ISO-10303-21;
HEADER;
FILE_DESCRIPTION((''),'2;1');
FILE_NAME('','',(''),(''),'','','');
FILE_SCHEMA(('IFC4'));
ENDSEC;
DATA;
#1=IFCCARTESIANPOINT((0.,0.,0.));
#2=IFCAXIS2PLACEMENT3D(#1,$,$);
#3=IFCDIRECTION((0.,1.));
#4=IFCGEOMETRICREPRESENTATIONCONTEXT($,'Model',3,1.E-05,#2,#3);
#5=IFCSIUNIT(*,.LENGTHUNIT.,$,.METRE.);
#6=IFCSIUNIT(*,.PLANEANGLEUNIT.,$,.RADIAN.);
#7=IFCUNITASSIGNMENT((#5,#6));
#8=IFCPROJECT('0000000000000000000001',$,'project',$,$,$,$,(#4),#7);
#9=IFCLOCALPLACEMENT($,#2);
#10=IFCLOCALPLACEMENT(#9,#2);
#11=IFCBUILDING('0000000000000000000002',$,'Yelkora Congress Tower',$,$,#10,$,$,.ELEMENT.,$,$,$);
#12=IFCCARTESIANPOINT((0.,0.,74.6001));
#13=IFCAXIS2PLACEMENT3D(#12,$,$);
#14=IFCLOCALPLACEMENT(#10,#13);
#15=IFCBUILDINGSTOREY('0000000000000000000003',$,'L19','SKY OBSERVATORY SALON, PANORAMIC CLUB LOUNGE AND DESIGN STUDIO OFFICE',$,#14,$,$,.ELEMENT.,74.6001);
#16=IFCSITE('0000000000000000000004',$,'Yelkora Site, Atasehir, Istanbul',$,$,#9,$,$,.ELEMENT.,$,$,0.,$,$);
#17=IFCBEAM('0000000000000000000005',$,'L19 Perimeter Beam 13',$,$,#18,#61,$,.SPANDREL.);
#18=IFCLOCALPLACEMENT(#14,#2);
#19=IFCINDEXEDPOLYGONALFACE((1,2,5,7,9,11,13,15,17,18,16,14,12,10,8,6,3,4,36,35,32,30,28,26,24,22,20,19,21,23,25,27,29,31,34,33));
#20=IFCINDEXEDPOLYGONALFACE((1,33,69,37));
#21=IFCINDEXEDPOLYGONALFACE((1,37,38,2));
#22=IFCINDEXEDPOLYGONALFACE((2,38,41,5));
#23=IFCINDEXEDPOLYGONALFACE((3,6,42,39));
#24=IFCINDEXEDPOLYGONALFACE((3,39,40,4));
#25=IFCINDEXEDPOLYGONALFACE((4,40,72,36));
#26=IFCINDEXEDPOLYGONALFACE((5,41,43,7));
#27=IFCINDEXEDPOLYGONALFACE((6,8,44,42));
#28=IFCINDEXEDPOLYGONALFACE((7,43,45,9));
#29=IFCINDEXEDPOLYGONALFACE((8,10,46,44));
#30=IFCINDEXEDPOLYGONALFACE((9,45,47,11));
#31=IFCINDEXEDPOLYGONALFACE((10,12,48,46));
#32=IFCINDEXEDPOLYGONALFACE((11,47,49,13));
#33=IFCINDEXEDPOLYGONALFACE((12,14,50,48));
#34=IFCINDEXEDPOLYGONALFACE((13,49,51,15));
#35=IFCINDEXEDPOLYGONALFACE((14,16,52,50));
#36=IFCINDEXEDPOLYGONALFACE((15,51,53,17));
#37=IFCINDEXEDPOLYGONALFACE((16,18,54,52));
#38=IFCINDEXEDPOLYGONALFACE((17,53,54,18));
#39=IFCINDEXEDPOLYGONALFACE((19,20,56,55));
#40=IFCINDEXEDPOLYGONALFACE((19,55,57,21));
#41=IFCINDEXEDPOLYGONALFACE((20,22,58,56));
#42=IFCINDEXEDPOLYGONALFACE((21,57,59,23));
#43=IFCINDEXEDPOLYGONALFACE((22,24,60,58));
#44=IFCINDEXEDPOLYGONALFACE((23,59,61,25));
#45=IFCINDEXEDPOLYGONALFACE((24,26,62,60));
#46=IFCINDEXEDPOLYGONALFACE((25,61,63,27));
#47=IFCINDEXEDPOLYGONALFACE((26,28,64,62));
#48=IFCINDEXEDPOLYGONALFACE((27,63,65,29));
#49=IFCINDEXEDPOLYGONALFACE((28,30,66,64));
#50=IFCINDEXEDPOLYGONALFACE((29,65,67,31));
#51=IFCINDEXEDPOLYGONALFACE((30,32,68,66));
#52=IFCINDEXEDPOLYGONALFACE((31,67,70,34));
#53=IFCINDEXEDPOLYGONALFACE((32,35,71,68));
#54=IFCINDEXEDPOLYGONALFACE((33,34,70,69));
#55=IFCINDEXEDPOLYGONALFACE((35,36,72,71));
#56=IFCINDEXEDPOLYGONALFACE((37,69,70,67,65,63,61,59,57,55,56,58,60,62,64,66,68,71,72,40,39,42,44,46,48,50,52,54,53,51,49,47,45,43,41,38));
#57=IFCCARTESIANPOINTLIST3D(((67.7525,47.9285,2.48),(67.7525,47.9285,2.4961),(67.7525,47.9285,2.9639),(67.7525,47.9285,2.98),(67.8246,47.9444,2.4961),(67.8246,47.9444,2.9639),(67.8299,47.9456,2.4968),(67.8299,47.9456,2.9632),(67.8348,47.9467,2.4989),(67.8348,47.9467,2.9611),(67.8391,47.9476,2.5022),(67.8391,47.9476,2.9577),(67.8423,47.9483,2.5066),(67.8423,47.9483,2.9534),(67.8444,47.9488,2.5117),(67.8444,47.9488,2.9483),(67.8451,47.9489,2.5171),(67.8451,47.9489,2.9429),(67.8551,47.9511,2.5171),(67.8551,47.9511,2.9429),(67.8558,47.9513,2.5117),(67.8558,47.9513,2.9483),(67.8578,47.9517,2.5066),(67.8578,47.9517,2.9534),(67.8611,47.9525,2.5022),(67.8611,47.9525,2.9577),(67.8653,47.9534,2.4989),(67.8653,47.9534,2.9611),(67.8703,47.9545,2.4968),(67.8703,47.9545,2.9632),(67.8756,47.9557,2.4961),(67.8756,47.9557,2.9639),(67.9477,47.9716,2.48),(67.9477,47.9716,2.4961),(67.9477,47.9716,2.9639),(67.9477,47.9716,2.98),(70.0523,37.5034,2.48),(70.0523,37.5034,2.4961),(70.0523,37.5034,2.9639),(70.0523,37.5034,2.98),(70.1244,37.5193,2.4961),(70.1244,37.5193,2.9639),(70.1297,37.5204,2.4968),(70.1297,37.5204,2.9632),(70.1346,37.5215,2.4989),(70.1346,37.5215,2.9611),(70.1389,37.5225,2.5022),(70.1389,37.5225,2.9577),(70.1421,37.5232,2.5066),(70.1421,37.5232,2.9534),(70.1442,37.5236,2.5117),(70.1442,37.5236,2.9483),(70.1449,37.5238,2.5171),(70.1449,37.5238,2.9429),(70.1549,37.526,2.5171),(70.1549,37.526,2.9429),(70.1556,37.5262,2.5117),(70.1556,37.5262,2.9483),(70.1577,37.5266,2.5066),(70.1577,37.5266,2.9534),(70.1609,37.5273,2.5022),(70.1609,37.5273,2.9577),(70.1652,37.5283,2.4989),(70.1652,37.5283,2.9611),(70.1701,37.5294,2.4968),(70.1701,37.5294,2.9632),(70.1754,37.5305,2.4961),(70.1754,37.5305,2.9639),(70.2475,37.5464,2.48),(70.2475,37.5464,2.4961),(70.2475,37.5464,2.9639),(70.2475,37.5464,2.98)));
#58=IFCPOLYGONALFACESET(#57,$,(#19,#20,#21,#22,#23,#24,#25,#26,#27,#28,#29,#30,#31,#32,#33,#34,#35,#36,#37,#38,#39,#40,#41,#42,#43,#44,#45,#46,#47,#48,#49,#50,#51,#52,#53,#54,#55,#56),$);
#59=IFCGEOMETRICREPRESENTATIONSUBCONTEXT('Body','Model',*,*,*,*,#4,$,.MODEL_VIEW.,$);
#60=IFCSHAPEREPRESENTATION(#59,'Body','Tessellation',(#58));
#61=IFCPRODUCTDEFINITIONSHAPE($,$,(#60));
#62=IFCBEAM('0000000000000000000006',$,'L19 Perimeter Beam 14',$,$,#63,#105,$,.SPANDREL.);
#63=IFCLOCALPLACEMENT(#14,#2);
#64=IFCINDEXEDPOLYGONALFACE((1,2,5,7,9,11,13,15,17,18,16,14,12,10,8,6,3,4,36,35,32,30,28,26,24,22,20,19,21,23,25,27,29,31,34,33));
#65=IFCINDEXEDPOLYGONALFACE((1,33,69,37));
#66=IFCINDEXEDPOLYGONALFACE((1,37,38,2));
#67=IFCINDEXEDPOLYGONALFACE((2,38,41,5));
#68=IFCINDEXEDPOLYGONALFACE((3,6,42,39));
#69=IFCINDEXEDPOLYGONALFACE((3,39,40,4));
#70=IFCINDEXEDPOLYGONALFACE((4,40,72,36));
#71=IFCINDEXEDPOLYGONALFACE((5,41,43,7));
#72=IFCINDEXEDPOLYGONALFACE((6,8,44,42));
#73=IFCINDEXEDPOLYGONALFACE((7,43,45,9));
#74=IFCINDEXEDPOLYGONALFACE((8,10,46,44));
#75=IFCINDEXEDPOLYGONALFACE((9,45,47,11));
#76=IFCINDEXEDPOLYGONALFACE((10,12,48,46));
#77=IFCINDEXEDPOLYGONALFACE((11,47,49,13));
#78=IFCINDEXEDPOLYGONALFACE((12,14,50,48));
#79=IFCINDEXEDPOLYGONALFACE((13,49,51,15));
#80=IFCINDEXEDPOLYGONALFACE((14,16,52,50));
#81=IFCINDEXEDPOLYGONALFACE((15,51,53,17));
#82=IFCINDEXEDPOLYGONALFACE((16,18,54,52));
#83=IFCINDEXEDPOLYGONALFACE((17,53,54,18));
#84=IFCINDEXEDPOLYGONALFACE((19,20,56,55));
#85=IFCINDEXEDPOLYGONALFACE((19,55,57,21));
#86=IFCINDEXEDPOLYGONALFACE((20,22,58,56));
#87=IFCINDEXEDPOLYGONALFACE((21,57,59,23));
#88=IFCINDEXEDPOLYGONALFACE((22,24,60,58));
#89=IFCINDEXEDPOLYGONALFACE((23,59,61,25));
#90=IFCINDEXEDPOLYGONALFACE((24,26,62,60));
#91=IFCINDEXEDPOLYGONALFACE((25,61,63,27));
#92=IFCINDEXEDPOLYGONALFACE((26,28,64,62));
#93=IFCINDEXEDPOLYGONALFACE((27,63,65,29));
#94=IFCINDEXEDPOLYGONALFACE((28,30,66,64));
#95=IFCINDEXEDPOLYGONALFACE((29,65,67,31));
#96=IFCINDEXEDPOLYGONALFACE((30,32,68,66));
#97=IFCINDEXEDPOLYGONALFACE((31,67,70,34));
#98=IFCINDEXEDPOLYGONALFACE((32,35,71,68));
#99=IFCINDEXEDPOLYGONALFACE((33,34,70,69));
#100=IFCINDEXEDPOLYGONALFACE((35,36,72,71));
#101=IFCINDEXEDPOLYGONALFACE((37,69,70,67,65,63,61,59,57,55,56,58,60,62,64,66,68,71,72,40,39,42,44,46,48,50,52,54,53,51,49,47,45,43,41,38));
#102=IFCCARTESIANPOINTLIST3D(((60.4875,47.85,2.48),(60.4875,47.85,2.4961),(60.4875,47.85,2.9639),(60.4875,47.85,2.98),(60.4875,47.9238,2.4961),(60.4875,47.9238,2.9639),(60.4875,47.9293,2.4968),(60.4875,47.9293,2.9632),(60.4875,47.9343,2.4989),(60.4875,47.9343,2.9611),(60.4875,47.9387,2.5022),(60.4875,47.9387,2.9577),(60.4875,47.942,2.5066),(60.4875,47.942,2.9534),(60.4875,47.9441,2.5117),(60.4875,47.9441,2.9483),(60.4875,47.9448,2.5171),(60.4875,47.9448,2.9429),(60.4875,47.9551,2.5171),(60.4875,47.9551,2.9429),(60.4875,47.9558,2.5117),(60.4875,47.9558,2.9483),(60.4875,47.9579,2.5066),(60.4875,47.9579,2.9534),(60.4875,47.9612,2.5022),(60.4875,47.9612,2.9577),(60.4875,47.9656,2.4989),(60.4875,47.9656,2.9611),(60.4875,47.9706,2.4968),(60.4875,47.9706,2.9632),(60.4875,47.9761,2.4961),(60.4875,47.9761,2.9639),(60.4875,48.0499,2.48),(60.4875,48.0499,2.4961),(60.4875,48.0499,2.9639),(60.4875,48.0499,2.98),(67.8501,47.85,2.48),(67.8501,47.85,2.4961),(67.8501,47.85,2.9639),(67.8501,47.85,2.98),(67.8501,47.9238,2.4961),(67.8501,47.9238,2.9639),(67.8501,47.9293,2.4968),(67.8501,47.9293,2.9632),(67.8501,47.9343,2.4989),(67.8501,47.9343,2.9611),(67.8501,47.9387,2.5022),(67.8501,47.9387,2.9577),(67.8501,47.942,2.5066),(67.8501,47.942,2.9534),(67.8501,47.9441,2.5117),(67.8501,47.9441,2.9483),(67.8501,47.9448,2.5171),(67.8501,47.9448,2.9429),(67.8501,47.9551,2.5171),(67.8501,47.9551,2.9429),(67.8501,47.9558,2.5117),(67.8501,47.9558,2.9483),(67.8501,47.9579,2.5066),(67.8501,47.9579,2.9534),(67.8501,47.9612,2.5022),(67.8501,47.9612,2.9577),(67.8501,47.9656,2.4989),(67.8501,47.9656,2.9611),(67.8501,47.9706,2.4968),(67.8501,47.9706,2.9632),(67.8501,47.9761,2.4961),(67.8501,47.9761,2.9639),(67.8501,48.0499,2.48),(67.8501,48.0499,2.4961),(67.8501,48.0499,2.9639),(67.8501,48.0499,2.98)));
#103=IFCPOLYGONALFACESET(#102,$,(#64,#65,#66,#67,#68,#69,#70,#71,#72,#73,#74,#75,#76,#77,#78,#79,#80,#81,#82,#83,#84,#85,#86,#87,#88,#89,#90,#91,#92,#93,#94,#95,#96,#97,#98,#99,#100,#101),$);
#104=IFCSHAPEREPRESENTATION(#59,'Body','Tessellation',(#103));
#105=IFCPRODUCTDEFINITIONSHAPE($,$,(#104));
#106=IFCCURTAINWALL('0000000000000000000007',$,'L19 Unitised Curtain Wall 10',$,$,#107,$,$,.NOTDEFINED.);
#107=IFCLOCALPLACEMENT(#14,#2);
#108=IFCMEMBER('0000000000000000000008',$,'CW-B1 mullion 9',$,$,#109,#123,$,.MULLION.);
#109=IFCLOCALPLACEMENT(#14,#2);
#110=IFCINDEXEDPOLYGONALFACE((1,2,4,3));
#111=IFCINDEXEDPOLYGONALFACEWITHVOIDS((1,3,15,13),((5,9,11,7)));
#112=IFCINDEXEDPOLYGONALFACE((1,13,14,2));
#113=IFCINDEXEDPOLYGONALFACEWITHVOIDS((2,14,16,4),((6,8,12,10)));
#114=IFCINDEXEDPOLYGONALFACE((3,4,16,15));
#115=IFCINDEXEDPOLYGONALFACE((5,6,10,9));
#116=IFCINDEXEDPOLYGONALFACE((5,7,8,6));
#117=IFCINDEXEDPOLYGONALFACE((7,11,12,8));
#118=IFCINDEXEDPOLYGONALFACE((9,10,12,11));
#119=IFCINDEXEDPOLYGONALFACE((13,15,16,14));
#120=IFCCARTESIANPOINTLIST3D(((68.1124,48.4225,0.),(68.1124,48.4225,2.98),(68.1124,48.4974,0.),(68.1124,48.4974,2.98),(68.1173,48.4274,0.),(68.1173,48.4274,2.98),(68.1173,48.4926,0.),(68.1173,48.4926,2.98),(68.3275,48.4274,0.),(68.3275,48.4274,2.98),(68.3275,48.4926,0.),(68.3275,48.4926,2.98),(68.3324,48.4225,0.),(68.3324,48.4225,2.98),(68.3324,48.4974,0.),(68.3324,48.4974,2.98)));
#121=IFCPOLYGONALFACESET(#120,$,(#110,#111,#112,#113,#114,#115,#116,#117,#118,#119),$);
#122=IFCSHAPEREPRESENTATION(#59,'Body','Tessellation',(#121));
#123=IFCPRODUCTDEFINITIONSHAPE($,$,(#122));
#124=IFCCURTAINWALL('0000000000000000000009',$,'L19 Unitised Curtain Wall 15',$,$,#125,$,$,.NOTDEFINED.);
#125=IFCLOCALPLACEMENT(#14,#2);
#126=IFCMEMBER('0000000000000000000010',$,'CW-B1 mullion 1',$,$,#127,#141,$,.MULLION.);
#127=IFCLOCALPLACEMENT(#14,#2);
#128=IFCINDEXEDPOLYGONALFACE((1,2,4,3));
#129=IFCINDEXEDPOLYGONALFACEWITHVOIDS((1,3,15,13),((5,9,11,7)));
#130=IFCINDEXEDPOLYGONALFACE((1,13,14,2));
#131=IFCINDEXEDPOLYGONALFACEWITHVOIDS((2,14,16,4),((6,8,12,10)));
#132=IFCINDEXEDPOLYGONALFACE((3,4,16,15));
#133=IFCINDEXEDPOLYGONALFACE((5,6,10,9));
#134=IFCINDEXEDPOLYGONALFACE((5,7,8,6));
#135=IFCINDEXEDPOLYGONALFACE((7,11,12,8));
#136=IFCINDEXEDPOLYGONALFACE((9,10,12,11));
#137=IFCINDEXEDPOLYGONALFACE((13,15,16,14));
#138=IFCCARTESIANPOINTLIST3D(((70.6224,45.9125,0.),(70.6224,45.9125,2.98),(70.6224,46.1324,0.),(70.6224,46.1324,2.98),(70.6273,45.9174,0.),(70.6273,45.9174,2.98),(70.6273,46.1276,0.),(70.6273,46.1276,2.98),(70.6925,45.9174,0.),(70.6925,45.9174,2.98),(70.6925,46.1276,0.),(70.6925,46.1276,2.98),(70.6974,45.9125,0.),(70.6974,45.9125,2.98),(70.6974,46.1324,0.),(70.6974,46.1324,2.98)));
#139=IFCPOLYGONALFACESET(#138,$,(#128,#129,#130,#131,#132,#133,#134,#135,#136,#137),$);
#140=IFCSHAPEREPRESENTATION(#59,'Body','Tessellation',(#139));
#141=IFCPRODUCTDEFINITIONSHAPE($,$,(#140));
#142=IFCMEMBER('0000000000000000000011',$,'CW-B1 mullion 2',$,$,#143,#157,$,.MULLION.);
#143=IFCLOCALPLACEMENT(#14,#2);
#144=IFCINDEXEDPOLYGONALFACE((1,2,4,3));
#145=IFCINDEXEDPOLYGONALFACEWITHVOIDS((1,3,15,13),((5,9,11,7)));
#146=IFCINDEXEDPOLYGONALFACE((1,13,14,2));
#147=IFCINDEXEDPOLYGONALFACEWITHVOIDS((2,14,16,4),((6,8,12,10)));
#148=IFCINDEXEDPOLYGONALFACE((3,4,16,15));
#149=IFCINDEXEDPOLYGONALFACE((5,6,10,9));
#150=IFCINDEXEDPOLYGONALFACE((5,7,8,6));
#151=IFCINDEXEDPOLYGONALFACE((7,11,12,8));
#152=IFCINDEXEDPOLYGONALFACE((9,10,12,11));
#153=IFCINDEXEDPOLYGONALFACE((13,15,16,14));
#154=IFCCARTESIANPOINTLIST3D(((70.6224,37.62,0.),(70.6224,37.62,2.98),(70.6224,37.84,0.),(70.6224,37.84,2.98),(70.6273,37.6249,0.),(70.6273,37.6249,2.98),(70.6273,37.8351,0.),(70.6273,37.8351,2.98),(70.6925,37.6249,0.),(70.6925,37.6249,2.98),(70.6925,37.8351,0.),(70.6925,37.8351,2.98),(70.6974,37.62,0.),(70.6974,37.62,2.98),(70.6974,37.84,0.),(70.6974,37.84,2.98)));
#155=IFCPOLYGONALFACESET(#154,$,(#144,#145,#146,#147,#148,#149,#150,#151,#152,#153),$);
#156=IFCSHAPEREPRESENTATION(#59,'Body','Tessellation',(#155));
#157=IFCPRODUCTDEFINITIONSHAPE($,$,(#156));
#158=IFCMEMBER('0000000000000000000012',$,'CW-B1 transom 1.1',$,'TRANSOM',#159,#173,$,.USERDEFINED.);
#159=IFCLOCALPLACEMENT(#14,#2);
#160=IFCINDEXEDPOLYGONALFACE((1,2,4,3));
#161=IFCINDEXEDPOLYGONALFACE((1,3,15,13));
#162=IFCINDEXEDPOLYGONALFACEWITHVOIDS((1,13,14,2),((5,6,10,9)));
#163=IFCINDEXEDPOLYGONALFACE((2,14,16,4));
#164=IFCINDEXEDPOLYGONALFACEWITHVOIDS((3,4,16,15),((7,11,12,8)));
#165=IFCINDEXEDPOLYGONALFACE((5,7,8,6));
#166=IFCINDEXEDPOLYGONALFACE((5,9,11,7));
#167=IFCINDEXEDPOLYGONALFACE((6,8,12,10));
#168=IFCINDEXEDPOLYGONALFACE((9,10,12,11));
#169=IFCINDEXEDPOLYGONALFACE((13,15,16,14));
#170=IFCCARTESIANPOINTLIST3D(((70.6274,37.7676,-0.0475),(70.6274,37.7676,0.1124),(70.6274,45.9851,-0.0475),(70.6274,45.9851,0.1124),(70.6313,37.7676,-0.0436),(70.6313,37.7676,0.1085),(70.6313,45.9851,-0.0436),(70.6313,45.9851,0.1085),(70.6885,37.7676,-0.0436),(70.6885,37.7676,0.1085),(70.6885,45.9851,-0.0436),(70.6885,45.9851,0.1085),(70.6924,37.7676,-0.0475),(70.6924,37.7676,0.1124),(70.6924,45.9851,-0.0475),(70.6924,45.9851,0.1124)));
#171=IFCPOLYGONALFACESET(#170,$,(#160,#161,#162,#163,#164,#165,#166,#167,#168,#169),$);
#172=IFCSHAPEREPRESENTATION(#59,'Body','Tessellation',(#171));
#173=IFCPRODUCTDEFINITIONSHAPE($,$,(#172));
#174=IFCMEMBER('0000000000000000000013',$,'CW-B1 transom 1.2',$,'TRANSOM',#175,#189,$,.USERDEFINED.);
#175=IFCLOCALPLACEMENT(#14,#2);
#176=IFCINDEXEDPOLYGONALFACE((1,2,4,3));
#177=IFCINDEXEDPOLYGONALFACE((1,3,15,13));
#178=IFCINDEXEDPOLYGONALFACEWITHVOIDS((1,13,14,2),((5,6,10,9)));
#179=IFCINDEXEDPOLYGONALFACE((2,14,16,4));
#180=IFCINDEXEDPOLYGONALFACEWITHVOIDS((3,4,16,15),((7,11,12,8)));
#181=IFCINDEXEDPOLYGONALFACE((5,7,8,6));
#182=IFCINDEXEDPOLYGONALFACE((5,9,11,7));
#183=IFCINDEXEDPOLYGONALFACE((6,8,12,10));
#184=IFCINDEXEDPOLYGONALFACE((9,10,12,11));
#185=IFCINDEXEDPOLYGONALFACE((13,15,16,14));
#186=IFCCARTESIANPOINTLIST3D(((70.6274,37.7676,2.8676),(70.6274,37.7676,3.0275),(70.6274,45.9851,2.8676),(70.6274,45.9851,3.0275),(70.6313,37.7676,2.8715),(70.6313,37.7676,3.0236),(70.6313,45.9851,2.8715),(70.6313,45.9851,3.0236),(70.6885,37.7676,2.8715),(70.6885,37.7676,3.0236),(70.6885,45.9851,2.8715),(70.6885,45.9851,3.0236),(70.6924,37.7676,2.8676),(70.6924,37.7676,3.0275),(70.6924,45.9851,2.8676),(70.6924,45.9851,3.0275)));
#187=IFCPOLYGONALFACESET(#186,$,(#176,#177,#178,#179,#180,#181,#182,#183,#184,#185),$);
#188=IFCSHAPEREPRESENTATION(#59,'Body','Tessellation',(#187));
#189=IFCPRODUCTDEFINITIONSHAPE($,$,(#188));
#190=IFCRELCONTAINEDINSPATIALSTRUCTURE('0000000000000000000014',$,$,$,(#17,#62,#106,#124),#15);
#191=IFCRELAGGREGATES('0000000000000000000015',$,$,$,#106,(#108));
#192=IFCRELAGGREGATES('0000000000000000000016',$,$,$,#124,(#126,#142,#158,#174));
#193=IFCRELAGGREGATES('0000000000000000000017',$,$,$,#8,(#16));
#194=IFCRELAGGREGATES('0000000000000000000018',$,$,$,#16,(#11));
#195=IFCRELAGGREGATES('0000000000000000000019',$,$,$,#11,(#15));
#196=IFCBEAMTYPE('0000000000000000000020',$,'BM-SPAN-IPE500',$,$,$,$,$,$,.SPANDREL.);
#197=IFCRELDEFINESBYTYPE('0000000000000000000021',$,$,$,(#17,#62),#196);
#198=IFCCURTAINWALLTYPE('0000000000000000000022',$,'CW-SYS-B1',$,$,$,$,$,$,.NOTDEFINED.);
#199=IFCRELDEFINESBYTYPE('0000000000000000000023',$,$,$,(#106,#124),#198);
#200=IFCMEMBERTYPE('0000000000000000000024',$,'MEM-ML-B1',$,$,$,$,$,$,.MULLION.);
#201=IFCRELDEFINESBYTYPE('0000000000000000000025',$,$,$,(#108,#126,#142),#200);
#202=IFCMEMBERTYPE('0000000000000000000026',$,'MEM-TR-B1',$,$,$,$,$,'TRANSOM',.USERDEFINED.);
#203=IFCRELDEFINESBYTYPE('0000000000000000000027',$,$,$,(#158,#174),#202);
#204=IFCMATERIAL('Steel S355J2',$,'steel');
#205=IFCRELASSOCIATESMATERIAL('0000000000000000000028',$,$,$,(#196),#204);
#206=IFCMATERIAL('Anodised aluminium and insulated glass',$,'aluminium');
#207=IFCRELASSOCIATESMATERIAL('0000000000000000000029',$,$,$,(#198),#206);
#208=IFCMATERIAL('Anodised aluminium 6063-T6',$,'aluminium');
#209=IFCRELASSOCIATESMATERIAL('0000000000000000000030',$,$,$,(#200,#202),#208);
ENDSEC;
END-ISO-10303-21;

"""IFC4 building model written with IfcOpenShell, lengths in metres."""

from ifc_helpers import new_model, si_unit, direction, frame, origin, origin_2d, place, context, subcontext, project, spatial, hollow_rectangle, i_section, extrude, material, material_profile, profile_set, type_object, element, aggregate, save


model = new_model("IFC4")

# Units and contexts
model_context = context("Model", 3, precision=1e-05, world=origin(), true_north=direction((0.0, 1.0)))
body_context = subcontext(model_context, "Body", "Model", "MODEL_VIEW")
ifc_project = project(units=[si_unit("LENGTHUNIT", "METRE"), si_unit("PLANEANGLEUNIT", "RADIAN")], contexts=[model_context])

# Site, building, storey
site_placement = place(None, origin())
site = spatial("IfcSite", under=ifc_project, at=site_placement, Name="Yelkora Site, Atasehir, Istanbul", CompositionType="ELEMENT", RefElevation=0.0)
building_placement = place(site_placement, origin())
building = spatial("IfcBuilding", under=site, at=building_placement, Name="Yelkora Congress Tower", CompositionType="ELEMENT")
storey_placement = place(building_placement, frame((0.0, 0.0, 74.6001)))
storey = spatial("IfcBuildingStorey", under=building, at=storey_placement, Name="L19", Description="SKY OBSERVATORY SALON, PANORAMIC CLUB LOUNGE AND DESIGN STUDIO OFFICE", CompositionType="ELEMENT", Elevation=74.6001)

# Beams
ifc_material_1 = material(Name="Steel S355J2", Category="steel")
ifc_material_profile_1 = material_profile(ifc_material_1, i_section(OverallWidth=0.2, OverallDepth=0.5, WebThickness=0.0103, FlangeThickness=0.0161, FilletRadius=0.021, at=origin_2d()), Name="IPE 500")
ifc_profile_set_1 = profile_set([ifc_material_profile_1], Name="Steel S355J2")
beam_type_1 = type_object("IfcBeamType", Name="BM-SPAN-IPE500", PredefinedType="SPANDREL", material=ifc_profile_set_1)
beam_1_placement = place(storey_placement, frame((70.1499, 37.5249, 2.73), z_axis=(-0.215424, 0.976521, 0.0), x_axis=(-0.976521, -0.215424, 0.0)))
element("IfcBeam", 1, at=beam_1_placement, inside=storey, type_object=beam_type_1, Name="L19 Perimeter Beam 13", PredefinedType="SPANDREL", context=body_context, shape_type="SweptSolid", body=[
    extrude(i_section(OverallWidth=0.2, OverallDepth=0.5, WebThickness=0.0103, FlangeThickness=0.0161, FilletRadius=0.021, at=origin_2d()), origin(), (0.0, 0.0, 1.0), 10.6758),
])
beam_2_placement = place(storey_placement, frame((67.8501, 47.95, 2.73), z_axis=(-1.0, 0.0, 0.0), x_axis=(0.0, -1.0, 0.0)))
element("IfcBeam", 2, at=beam_2_placement, inside=storey, type_object=beam_type_1, Name="L19 Perimeter Beam 14", PredefinedType="SPANDREL", context=body_context, shape_type="SweptSolid", body=[
    extrude(i_section(OverallWidth=0.2, OverallDepth=0.5, WebThickness=0.0103, FlangeThickness=0.0161, FilletRadius=0.021, at=origin_2d()), origin(), (0.0, 0.0, 1.0), 7.3625),
])

# Curtain wall, member
ifc_material_2 = material(Name="Anodised aluminium and insulated glass", Category="aluminium")
curtain_wall_type = type_object("IfcCurtainWallType", Name="CW-SYS-B1", PredefinedType="NOTDEFINED", material=ifc_material_2)
curtain_wall_1_placement = place(storey_placement, origin())
curtain_wall_1 = element("IfcCurtainWall", 3, at=curtain_wall_1_placement, inside=storey, type_object=curtain_wall_type, Name="L19 Unitised Curtain Wall 10", PredefinedType="NOTDEFINED")
ifc_material_3 = material(Name="Anodised aluminium 6063-T6", Category="aluminium")
ifc_material_profile_2 = material_profile(ifc_material_3, hollow_rectangle(XDim=0.075, YDim=0.22, WallThickness=0.0049, at=origin_2d()), Name="ALU 75x220x5")
ifc_profile_set_2 = profile_set([ifc_material_profile_2], Name="Anodised aluminium 6063-T6")
member_type_1 = type_object("IfcMemberType", Name="MEM-ML-B1", PredefinedType="MULLION", material=ifc_profile_set_2)
member_1_placement = place(storey_placement, frame((68.2224, 48.46, 0.0), z_axis=(0.0, 0.0, 1.0), x_axis=(0.0, 1.0, 0.0)))
member_1 = element("IfcMember", 4, at=member_1_placement, type_object=member_type_1, Name="CW-B1 mullion 9", PredefinedType="MULLION", context=body_context, shape_type="SweptSolid", body=[
    extrude(hollow_rectangle(XDim=0.075, YDim=0.22, WallThickness=0.0049, at=origin_2d()), origin(), (0.0, 0.0, 1.0), 2.98),
])

# Curtain wall, members
curtain_wall_2_placement = place(storey_placement, origin())
curtain_wall_2 = element("IfcCurtainWall", 5, at=curtain_wall_2_placement, inside=storey, type_object=curtain_wall_type, Name="L19 Unitised Curtain Wall 15", PredefinedType="NOTDEFINED")
member_2_placement = place(storey_placement, frame((70.6599, 46.0225, 0.0), z_axis=(0.0, 0.0, 1.0), x_axis=(1.0, 0.0, 0.0)))
member_2 = element("IfcMember", 6, at=member_2_placement, type_object=member_type_1, Name="CW-B1 mullion 1", PredefinedType="MULLION", context=body_context, shape_type="SweptSolid", body=[
    extrude(hollow_rectangle(XDim=0.075, YDim=0.22, WallThickness=0.0049, at=origin_2d()), origin(), (0.0, 0.0, 1.0), 2.98),
])
member_3_placement = place(storey_placement, frame((70.6599, 37.73, 0.0), z_axis=(0.0, 0.0, 1.0), x_axis=(1.0, 0.0, 0.0)))
member_3 = element("IfcMember", 7, at=member_3_placement, type_object=member_type_1, Name="CW-B1 mullion 2", PredefinedType="MULLION", context=body_context, shape_type="SweptSolid", body=[
    extrude(hollow_rectangle(XDim=0.075, YDim=0.22, WallThickness=0.0049, at=origin_2d()), origin(), (0.0, 0.0, 1.0), 2.98),
])
ifc_material_profile_3 = material_profile(ifc_material_3, hollow_rectangle(XDim=0.0649, YDim=0.1599, WallThickness=0.0039, at=origin_2d()), Name="ALU 65x160x4")
ifc_profile_set_3 = profile_set([ifc_material_profile_3], Name="Anodised aluminium 6063-T6")
member_type_2 = type_object("IfcMemberType", Name="MEM-TR-B1", ElementType="TRANSOM", PredefinedType="USERDEFINED", material=ifc_profile_set_3)
member_4_placement = place(storey_placement, frame((70.6599, 45.9851, 0.0325), z_axis=(0.0, -1.0, 0.0), x_axis=(1.0, 0.0, 0.0)))
member_4 = element("IfcMember", 8, at=member_4_placement, type_object=member_type_2, Name="CW-B1 transom 1.1", ObjectType="TRANSOM", PredefinedType="USERDEFINED", context=body_context, shape_type="SweptSolid", body=[
    extrude(hollow_rectangle(XDim=0.0649, YDim=0.1599, WallThickness=0.0039, at=origin_2d()), origin(), (0.0, 0.0, 1.0), 8.2175),
])
member_5_placement = place(storey_placement, frame((70.6599, 45.9851, 2.9475), z_axis=(0.0, -1.0, 0.0), x_axis=(1.0, 0.0, 0.0)))
member_5 = element("IfcMember", 9, at=member_5_placement, type_object=member_type_2, Name="CW-B1 transom 1.2", ObjectType="TRANSOM", PredefinedType="USERDEFINED", context=body_context, shape_type="SweptSolid", body=[
    extrude(hollow_rectangle(XDim=0.0649, YDim=0.1599, WallThickness=0.0039, at=origin_2d()), origin(), (0.0, 0.0, 1.0), 8.2175),
])

aggregate(curtain_wall_1, [member_1])
aggregate(curtain_wall_2, [member_2, member_3, member_4, member_5])

save(model, "model.ifc")
